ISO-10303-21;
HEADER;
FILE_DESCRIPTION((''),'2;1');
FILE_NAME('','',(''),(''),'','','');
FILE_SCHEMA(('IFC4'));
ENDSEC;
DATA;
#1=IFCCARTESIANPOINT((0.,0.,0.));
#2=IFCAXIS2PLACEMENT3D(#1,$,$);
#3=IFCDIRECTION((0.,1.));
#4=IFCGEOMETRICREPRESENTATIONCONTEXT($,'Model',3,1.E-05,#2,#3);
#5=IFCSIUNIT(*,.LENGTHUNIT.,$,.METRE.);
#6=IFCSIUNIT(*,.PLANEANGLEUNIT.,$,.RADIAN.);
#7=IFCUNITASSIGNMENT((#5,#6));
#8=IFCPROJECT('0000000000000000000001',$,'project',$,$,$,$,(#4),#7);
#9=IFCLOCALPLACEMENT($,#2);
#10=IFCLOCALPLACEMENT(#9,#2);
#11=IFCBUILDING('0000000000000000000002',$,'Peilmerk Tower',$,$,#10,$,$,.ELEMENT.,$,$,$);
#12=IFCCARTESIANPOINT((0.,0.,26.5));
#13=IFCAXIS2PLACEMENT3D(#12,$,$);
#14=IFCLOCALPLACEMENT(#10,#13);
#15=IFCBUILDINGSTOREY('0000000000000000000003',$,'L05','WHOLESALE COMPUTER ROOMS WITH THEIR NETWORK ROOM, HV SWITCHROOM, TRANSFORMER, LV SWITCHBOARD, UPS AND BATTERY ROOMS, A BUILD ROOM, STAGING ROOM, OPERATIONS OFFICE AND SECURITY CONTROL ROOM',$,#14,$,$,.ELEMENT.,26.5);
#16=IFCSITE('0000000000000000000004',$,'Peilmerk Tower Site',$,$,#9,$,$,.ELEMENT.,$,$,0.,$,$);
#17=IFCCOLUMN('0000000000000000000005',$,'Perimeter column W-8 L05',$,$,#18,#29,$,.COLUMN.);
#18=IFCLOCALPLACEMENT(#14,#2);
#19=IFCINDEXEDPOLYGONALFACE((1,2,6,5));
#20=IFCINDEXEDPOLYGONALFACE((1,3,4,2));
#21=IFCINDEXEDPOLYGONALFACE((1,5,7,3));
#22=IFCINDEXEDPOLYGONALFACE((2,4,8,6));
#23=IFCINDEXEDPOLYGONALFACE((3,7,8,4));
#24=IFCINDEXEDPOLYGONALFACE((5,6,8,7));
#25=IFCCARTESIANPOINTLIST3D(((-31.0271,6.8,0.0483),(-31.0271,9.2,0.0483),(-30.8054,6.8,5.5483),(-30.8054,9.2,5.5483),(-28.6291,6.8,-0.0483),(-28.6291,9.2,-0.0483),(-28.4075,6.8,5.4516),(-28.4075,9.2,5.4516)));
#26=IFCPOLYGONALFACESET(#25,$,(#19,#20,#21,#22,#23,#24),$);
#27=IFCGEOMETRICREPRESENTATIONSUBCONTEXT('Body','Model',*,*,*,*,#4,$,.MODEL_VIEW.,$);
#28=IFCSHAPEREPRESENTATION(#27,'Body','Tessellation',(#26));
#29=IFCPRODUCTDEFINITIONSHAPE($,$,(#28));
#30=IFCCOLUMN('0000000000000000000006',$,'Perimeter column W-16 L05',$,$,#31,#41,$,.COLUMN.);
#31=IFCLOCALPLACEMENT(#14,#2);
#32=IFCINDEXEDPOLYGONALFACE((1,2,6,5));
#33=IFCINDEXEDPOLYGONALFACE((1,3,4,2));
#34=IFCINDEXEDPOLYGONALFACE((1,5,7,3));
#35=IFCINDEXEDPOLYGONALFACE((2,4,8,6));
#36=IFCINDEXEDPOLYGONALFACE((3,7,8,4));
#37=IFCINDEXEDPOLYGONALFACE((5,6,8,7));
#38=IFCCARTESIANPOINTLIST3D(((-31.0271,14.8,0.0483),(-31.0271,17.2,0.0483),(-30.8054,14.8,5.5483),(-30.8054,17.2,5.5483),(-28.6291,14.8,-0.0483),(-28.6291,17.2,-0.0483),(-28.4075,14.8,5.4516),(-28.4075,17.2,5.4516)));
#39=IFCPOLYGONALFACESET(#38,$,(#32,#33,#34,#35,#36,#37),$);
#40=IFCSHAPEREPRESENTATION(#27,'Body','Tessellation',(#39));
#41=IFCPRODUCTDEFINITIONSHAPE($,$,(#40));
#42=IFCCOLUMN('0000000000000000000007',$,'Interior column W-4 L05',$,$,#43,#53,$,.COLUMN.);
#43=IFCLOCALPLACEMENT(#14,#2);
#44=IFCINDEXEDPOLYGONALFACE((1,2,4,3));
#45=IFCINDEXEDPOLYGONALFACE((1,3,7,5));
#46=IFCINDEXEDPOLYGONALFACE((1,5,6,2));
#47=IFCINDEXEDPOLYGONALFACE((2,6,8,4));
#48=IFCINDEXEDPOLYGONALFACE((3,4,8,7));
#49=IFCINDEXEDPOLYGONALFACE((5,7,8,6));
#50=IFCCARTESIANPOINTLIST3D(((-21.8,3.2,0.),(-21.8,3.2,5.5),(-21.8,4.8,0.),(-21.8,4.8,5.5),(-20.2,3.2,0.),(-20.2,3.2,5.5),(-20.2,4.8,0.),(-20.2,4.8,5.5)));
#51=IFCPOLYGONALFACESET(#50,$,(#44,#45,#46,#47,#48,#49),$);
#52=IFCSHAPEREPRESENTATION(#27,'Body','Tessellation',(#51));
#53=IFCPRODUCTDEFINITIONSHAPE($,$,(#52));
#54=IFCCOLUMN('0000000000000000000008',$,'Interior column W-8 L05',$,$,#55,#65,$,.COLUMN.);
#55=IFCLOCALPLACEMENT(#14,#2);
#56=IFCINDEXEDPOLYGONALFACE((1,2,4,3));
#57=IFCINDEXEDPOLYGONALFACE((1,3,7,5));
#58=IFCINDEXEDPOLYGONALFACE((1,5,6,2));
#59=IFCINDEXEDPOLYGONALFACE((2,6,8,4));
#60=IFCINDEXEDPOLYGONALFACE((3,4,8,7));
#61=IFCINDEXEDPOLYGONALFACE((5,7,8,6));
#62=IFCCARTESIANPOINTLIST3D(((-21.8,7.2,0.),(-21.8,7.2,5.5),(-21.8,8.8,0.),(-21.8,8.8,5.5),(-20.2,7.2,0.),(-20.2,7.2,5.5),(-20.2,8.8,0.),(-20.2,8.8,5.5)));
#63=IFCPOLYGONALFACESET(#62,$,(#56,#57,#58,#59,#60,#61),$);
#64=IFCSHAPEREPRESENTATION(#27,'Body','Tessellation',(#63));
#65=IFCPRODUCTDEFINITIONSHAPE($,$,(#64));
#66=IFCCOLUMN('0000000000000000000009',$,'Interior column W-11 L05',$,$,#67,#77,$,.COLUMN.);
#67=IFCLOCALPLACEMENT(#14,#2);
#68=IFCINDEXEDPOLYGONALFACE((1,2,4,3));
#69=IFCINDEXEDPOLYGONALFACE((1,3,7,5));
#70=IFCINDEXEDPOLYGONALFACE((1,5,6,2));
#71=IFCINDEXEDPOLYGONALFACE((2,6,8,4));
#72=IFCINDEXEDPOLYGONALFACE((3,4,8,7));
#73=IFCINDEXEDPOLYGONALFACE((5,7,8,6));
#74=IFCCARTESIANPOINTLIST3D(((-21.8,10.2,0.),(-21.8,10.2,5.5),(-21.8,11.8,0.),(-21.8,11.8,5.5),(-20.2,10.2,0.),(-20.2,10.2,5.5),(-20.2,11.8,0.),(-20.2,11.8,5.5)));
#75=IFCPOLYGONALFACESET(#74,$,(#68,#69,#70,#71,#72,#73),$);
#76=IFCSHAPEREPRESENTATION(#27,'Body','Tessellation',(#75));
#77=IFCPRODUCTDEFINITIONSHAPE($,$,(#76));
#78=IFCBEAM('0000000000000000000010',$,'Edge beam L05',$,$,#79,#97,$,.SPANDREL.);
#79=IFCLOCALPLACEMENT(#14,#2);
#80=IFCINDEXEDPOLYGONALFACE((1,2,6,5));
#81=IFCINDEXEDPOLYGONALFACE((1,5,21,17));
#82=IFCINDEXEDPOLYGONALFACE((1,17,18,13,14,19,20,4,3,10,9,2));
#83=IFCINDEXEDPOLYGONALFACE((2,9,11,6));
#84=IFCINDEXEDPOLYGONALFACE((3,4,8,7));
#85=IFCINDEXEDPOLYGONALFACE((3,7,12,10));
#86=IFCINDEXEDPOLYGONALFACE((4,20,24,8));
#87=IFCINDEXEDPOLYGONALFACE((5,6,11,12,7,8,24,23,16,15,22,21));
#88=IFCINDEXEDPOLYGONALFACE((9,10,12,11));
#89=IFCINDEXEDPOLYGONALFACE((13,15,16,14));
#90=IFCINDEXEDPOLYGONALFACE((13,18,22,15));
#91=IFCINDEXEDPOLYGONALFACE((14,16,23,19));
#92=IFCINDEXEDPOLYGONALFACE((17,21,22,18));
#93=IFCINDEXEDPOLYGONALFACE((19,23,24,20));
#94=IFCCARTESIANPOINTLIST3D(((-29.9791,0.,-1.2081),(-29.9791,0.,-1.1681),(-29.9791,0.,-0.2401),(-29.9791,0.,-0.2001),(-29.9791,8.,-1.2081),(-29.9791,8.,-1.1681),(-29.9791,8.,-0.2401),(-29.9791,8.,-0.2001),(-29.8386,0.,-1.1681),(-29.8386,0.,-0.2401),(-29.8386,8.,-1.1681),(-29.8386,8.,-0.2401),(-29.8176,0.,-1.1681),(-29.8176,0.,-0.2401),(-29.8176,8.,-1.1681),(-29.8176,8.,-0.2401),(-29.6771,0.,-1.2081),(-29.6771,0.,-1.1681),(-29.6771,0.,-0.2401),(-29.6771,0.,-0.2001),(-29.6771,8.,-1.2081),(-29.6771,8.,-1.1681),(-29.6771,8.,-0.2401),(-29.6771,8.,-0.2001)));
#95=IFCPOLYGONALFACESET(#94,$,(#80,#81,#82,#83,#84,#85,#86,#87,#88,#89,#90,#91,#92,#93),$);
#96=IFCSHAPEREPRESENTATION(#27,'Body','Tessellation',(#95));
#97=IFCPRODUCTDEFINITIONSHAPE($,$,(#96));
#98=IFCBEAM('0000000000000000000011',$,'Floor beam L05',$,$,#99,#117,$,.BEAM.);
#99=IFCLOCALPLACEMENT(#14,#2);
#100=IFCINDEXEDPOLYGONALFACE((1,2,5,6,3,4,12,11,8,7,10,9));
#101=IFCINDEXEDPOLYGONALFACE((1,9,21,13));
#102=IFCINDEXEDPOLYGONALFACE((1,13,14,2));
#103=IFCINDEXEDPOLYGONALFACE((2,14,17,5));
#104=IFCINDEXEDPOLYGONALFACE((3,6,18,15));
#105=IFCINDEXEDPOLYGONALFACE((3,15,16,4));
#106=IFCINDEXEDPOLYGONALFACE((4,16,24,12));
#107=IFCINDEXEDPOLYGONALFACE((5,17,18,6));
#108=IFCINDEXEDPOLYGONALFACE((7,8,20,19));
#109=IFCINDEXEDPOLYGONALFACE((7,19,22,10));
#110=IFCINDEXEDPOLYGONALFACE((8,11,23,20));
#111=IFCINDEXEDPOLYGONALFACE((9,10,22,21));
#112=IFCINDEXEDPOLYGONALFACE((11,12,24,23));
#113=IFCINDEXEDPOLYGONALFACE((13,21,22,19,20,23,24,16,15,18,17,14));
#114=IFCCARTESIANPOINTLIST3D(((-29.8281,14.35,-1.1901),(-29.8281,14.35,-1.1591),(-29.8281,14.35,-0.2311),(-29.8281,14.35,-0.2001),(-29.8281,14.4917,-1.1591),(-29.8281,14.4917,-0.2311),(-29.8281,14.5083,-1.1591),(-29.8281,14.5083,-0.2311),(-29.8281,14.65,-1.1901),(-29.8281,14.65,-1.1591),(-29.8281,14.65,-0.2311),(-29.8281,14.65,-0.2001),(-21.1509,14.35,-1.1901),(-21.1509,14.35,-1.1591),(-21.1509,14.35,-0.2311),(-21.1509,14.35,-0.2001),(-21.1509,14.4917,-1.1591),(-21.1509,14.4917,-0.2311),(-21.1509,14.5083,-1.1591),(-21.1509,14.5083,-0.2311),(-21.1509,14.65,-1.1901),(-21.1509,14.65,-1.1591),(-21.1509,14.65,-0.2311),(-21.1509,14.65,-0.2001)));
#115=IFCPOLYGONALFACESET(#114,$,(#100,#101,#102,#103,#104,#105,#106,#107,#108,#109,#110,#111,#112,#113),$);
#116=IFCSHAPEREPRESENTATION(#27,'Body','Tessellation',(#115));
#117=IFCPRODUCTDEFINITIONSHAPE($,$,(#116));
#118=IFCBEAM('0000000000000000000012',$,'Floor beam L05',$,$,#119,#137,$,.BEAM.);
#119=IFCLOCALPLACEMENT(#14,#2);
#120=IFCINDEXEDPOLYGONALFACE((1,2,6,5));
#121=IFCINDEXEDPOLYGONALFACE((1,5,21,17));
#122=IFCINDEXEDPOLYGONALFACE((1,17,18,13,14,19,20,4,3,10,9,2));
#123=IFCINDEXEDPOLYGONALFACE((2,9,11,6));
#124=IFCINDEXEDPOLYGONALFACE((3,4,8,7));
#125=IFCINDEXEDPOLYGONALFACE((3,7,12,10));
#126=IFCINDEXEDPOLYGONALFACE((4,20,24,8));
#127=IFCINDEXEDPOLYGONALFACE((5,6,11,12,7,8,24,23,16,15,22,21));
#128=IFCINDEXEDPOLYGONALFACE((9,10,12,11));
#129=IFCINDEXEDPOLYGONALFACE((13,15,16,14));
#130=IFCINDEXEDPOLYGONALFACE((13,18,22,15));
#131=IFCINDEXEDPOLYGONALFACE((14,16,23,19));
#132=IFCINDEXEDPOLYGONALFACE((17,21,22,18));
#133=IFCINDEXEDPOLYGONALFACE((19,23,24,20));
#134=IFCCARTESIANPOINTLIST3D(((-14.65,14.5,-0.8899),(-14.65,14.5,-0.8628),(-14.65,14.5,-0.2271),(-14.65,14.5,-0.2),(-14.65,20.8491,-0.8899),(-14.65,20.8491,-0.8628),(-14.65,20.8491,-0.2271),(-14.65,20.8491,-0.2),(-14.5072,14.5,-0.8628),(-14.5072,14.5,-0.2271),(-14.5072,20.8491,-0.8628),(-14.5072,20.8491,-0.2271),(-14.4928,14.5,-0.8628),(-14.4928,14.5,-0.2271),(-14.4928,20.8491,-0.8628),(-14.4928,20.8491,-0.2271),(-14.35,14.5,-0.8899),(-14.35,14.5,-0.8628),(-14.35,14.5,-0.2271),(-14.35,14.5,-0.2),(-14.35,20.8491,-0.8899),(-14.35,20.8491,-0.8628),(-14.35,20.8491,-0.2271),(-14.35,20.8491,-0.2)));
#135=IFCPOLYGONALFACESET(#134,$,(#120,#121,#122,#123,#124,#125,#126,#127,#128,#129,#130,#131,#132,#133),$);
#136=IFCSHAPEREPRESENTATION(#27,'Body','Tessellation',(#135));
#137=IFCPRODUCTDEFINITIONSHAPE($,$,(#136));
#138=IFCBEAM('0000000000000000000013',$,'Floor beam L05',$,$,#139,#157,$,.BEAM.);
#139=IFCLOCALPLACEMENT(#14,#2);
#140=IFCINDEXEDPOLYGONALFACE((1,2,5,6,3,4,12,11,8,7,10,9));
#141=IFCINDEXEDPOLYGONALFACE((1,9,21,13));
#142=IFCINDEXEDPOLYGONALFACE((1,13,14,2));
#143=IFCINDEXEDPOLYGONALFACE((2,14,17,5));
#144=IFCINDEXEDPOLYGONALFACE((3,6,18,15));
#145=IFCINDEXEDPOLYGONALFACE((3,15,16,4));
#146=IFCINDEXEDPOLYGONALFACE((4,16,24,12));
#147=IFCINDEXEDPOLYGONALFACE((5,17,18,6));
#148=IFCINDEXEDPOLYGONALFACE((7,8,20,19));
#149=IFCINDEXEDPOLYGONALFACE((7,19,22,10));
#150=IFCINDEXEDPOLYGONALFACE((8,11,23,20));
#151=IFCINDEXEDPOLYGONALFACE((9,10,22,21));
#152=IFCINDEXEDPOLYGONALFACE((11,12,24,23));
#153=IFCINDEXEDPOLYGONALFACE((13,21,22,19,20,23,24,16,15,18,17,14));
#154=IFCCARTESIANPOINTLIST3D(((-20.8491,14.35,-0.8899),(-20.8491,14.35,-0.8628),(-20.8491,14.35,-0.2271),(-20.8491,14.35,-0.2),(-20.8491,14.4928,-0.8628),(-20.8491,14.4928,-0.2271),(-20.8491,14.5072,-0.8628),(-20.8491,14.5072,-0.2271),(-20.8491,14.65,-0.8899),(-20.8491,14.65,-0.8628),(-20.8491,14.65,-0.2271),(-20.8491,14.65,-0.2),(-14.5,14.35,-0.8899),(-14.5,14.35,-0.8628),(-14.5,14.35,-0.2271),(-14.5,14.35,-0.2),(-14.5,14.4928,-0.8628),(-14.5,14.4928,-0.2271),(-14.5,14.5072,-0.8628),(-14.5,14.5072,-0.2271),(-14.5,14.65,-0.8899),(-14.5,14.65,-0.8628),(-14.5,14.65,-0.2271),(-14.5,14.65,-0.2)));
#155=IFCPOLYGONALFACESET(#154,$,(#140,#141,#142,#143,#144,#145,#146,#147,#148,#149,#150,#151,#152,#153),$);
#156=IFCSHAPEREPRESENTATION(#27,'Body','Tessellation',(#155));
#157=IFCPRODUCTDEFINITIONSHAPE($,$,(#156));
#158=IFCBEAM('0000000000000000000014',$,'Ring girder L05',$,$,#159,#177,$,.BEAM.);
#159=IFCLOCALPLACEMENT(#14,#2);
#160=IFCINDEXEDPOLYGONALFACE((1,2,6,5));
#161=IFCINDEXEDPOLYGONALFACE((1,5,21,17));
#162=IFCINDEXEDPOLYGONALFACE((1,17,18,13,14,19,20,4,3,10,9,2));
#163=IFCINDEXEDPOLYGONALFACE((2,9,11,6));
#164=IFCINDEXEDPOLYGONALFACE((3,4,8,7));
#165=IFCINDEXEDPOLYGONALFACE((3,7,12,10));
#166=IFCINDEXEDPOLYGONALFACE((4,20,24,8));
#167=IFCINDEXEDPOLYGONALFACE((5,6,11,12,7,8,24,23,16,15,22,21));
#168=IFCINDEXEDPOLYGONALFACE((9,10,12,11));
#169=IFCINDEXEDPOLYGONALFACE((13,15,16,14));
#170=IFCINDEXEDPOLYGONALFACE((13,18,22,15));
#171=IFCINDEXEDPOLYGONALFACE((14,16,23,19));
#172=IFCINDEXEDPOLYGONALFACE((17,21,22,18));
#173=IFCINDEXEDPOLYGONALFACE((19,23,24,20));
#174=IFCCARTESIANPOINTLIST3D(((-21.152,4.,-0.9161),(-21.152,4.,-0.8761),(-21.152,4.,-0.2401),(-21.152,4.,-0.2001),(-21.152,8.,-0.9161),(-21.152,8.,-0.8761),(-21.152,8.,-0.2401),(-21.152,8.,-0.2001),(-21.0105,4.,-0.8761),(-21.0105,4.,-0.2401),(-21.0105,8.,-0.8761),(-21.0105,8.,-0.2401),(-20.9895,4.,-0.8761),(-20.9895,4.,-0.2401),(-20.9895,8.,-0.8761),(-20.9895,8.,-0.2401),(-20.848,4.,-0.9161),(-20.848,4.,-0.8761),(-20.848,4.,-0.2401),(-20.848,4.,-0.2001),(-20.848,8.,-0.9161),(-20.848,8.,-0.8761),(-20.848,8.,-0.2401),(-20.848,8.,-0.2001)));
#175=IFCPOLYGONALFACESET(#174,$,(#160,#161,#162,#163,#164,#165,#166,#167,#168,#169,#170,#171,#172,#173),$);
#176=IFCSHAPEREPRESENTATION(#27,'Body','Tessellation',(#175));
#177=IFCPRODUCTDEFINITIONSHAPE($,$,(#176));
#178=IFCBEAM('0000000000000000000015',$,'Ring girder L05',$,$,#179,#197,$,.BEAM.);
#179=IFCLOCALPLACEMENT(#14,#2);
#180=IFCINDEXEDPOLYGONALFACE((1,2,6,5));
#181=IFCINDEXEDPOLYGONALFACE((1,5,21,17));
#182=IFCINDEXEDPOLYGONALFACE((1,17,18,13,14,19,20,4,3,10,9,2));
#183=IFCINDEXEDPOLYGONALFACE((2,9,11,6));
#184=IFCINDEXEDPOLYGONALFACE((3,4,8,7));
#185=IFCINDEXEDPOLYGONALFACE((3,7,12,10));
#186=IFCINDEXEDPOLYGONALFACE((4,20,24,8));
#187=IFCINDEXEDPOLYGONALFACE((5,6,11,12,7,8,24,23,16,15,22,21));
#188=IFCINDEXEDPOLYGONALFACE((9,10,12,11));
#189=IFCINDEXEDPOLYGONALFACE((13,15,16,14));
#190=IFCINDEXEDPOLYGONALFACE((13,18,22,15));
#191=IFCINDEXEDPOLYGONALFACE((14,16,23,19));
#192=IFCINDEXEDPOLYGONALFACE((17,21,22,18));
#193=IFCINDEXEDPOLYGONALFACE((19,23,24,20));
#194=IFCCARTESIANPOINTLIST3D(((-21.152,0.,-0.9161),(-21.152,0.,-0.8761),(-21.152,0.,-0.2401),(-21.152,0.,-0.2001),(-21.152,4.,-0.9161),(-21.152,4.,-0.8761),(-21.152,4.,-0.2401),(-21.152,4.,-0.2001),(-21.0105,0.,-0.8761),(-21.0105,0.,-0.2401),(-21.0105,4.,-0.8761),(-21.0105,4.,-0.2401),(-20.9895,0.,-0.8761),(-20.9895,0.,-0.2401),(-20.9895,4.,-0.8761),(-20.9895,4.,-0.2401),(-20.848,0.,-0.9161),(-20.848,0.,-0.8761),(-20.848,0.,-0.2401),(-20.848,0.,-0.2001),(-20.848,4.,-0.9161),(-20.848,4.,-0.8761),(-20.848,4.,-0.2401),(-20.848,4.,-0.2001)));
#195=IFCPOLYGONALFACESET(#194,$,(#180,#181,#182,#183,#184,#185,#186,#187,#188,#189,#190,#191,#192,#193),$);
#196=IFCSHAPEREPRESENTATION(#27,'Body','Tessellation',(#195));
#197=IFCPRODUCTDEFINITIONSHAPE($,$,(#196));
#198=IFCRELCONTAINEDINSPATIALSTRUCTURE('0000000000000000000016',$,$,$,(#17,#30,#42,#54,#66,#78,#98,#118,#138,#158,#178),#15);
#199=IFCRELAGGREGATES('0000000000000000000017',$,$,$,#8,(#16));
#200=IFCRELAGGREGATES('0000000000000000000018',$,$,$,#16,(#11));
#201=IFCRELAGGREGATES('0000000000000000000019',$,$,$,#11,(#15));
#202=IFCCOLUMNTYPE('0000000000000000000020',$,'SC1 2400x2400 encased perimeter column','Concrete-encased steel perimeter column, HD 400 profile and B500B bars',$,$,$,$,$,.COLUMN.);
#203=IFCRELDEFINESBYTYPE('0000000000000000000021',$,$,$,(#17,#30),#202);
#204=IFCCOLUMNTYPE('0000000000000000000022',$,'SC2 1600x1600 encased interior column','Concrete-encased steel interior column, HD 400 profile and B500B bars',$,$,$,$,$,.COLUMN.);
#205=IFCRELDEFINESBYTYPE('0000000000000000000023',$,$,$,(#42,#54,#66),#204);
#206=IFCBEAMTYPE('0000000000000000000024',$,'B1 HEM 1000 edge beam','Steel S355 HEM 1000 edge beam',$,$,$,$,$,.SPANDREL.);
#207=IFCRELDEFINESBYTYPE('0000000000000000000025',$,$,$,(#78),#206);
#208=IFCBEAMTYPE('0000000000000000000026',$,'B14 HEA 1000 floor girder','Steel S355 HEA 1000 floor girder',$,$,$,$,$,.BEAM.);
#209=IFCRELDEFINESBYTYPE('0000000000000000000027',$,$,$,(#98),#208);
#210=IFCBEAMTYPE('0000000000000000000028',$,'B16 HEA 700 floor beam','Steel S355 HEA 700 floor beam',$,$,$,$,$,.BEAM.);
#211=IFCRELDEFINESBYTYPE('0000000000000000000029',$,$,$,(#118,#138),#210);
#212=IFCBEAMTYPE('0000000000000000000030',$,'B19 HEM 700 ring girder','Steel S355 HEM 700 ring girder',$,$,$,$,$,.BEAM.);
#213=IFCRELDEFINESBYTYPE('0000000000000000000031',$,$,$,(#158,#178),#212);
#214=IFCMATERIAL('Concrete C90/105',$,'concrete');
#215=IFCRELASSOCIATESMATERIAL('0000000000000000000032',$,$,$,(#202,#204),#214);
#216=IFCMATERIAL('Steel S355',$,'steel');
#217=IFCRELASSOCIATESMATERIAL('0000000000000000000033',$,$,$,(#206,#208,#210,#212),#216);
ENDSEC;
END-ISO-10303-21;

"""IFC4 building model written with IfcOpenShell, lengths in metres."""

from ifc_helpers import new_model, si_unit, direction, frame, origin, origin_2d, place, context, subcontext, project, spatial, rectangle, i_section, extrude, material, material_profile, profile_set, type_object, element, save


model = new_model("IFC4")

# Units and contexts
model_context = context("Model", 3, precision=1e-05, world=origin(), true_north=direction((0.0, 1.0)))
body_context = subcontext(model_context, "Body", "Model", "MODEL_VIEW")
ifc_project = project(units=[si_unit("LENGTHUNIT", "METRE"), si_unit("PLANEANGLEUNIT", "RADIAN")], contexts=[model_context])

# Site, building, storey
site_placement = place(None, origin())
site = spatial("IfcSite", under=ifc_project, at=site_placement, Name="Peilmerk Tower Site", CompositionType="ELEMENT", RefElevation=0.0)
building_placement = place(site_placement, origin())
building = spatial("IfcBuilding", under=site, at=building_placement, Name="Peilmerk Tower", CompositionType="ELEMENT")
storey_placement = place(building_placement, frame((0.0, 0.0, 26.5)))
storey = spatial("IfcBuildingStorey", under=building, at=storey_placement, Name="L05", Description="WHOLESALE COMPUTER ROOMS WITH THEIR NETWORK ROOM, HV SWITCHROOM, TRANSFORMER, LV SWITCHBOARD, UPS AND BATTERY ROOMS, A BUILD ROOM, STAGING ROOM, OPERATIONS OFFICE AND SECURITY CONTROL ROOM", CompositionType="ELEMENT", Elevation=26.5)

# Columns
ifc_material_1 = material(Name="Concrete C90/105", Category="concrete")
ifc_material_profile_1 = material_profile(ifc_material_1, rectangle(XDim=2.3999, YDim=2.3999, at=origin_2d()), Name="RC 2400x2400")
ifc_profile_set_1 = profile_set([ifc_material_profile_1], Name="Concrete C90/105")
column_type_1 = type_object("IfcColumnType", Name="SC1 2400x2400 encased perimeter column", Description="Concrete-encased steel perimeter column, HD 400 profile and B500B bars", PredefinedType="COLUMN", material=ifc_profile_set_1)
for number, where, z_axis, x_axis, name in (
    (1, (-29.8281, 8.0, 0.0), (0.040273, 0.0, 0.999189), (0.0, 1.0, 0.0), "Perimeter column W-8 L05"),
    (2, (-29.8281, 16.0, 0.0), (0.040273, 0.0, 0.999189), (0.0, 1.0, 0.0), "Perimeter column W-16 L05"),
):
    element("IfcColumn", number, at=place(storey_placement, frame(where, z_axis=z_axis, x_axis=x_axis)), inside=storey, type_object=column_type_1, Name=name, PredefinedType="COLUMN", context=body_context, shape_type="SweptSolid", body=[
        extrude(rectangle(XDim=2.3999, YDim=2.3999, at=origin_2d()), origin(), (0.0, 0.0, 1.0), 5.5044),
    ])
ifc_material_profile_2 = material_profile(ifc_material_1, rectangle(XDim=1.6001, YDim=1.6001, at=origin_2d()), Name="RC 1600x1600")
ifc_profile_set_2 = profile_set([ifc_material_profile_2], Name="Concrete C90/105")
column_type_2 = type_object("IfcColumnType", Name="SC2 1600x1600 encased interior column", Description="Concrete-encased steel interior column, HD 400 profile and B500B bars", PredefinedType="COLUMN", material=ifc_profile_set_2)
for number, where, z_axis, x_axis, name in (
    (3, (-21.0, 4.0, 0.0), (0.0, 0.0, 1.0), (1.0, 0.0, 0.0), "Interior column W-4 L05"),
    (4, (-21.0, 8.0, 0.0), (0.0, 0.0, 1.0), (1.0, 0.0, 0.0), "Interior column W-8 L05"),
    (5, (-21.0, 11.0, 0.0), (0.0, 0.0, 1.0), (1.0, 0.0, 0.0), "Interior column W-11 L05"),
):
    element("IfcColumn", number, at=place(storey_placement, frame(where, z_axis=z_axis, x_axis=x_axis)), inside=storey, type_object=column_type_2, Name=name, PredefinedType="COLUMN", context=body_context, shape_type="SweptSolid", body=[
        extrude(rectangle(XDim=1.6001, YDim=1.6001, at=origin_2d()), origin(), (0.0, 0.0, 1.0), 5.5),
    ])

# Beams
ifc_material_2 = material(Name="Steel S355", Category="steel")
ifc_material_profile_3 = material_profile(ifc_material_2, i_section(OverallWidth=0.302, OverallDepth=1.0081, WebThickness=0.021, FlangeThickness=0.04, at=origin_2d()), Name="HEM 1000")
ifc_profile_set_3 = profile_set([ifc_material_profile_3], Name="Steel S355")
beam_type_1 = type_object("IfcBeamType", Name="B1 HEM 1000 edge beam", Description="Steel S355 HEM 1000 edge beam", PredefinedType="SPANDREL", material=ifc_profile_set_3)
beam_1_placement = place(storey_placement, frame((-29.8281, 8.0, -0.7041), z_axis=(0.0, -1.0, 0.0), x_axis=(1.0, 0.0, 0.0)))
element("IfcBeam", 6, at=beam_1_placement, inside=storey, type_object=beam_type_1, Name="Edge beam L05", PredefinedType="SPANDREL", context=body_context, shape_type="SweptSolid", body=[
    extrude(i_section(OverallWidth=0.302, OverallDepth=1.0081, WebThickness=0.021, FlangeThickness=0.04, at=origin_2d()), origin(), (0.0, 0.0, 1.0), 8.0),
])
ifc_material_profile_4 = material_profile(ifc_material_2, i_section(OverallWidth=0.3, OverallDepth=0.99, WebThickness=0.0166, FlangeThickness=0.031, at=origin_2d()), Name="HEA 1000")
ifc_profile_set_4 = profile_set([ifc_material_profile_4], Name="Steel S355")
beam_type_2 = type_object("IfcBeamType", Name="B14 HEA 1000 floor girder", Description="Steel S355 HEA 1000 floor girder", PredefinedType="BEAM", material=ifc_profile_set_4)
beam_2_placement = place(storey_placement, frame((-21.1509, 14.5, -0.6951), z_axis=(-1.0, 0.0, 0.0), x_axis=(0.0, -1.0, 0.0)))
element("IfcBeam", 7, at=beam_2_placement, inside=storey, type_object=beam_type_2, Name="Floor beam L05", PredefinedType="BEAM", context=body_context, shape_type="SweptSolid", body=[
    extrude(i_section(OverallWidth=0.3, OverallDepth=0.99, WebThickness=0.0166, FlangeThickness=0.031, at=origin_2d()), origin(), (0.0, 0.0, 1.0), 8.6772),
])
ifc_material_profile_5 = material_profile(ifc_material_2, i_section(OverallWidth=0.3, OverallDepth=0.6899, WebThickness=0.0144, FlangeThickness=0.0271, at=origin_2d()), Name="HEA 700")
ifc_profile_set_5 = profile_set([ifc_material_profile_5], Name="Steel S355")
beam_type_3 = type_object("IfcBeamType", Name="B16 HEA 700 floor beam", Description="Steel S355 HEA 700 floor beam", PredefinedType="BEAM", material=ifc_profile_set_5)
for number, where, z_axis, x_axis, name in (
    (8, (-14.5, 14.5, -0.5449), (0.0, 1.0, 0.0), (-1.0, 0.0, 0.0), "Floor beam L05"),
    (9, (-14.5, 14.5, -0.5449), (-1.0, 0.0, 0.0), (0.0, -1.0, 0.0), "Floor beam L05"),
):
    element("IfcBeam", number, at=place(storey_placement, frame(where, z_axis=z_axis, x_axis=x_axis)), inside=storey, type_object=beam_type_3, Name=name, PredefinedType="BEAM", context=body_context, shape_type="SweptSolid", body=[
        extrude(i_section(OverallWidth=0.3, OverallDepth=0.6899, WebThickness=0.0144, FlangeThickness=0.0271, at=origin_2d()), origin(), (0.0, 0.0, 1.0), 6.3491),
    ])
ifc_material_profile_6 = material_profile(ifc_material_2, i_section(OverallWidth=0.304, OverallDepth=0.7161, WebThickness=0.021, FlangeThickness=0.04, at=origin_2d()), Name="HEM 700")
ifc_profile_set_6 = profile_set([ifc_material_profile_6], Name="Steel S355")
beam_type_4 = type_object("IfcBeamType", Name="B19 HEM 700 ring girder", Description="Steel S355 HEM 700 ring girder", PredefinedType="BEAM", material=ifc_profile_set_6)
for number, where, z_axis, x_axis, name in (
    (10, (-21.0, 8.0, -0.5581), (0.0, -1.0, 0.0), (1.0, 0.0, 0.0), "Ring girder L05"),
    (11, (-21.0, 4.0, -0.5581), (0.0, -1.0, 0.0), (1.0, 0.0, 0.0), "Ring girder L05"),
):
    element("IfcBeam", number, at=place(storey_placement, frame(where, z_axis=z_axis, x_axis=x_axis)), inside=storey, type_object=beam_type_4, Name=name, PredefinedType="BEAM", context=body_context, shape_type="SweptSolid", body=[
        extrude(i_section(OverallWidth=0.304, OverallDepth=0.7161, WebThickness=0.021, FlangeThickness=0.04, at=origin_2d()), origin(), (0.0, 0.0, 1.0), 4.0),
    ])

save(model, "model.ifc")
